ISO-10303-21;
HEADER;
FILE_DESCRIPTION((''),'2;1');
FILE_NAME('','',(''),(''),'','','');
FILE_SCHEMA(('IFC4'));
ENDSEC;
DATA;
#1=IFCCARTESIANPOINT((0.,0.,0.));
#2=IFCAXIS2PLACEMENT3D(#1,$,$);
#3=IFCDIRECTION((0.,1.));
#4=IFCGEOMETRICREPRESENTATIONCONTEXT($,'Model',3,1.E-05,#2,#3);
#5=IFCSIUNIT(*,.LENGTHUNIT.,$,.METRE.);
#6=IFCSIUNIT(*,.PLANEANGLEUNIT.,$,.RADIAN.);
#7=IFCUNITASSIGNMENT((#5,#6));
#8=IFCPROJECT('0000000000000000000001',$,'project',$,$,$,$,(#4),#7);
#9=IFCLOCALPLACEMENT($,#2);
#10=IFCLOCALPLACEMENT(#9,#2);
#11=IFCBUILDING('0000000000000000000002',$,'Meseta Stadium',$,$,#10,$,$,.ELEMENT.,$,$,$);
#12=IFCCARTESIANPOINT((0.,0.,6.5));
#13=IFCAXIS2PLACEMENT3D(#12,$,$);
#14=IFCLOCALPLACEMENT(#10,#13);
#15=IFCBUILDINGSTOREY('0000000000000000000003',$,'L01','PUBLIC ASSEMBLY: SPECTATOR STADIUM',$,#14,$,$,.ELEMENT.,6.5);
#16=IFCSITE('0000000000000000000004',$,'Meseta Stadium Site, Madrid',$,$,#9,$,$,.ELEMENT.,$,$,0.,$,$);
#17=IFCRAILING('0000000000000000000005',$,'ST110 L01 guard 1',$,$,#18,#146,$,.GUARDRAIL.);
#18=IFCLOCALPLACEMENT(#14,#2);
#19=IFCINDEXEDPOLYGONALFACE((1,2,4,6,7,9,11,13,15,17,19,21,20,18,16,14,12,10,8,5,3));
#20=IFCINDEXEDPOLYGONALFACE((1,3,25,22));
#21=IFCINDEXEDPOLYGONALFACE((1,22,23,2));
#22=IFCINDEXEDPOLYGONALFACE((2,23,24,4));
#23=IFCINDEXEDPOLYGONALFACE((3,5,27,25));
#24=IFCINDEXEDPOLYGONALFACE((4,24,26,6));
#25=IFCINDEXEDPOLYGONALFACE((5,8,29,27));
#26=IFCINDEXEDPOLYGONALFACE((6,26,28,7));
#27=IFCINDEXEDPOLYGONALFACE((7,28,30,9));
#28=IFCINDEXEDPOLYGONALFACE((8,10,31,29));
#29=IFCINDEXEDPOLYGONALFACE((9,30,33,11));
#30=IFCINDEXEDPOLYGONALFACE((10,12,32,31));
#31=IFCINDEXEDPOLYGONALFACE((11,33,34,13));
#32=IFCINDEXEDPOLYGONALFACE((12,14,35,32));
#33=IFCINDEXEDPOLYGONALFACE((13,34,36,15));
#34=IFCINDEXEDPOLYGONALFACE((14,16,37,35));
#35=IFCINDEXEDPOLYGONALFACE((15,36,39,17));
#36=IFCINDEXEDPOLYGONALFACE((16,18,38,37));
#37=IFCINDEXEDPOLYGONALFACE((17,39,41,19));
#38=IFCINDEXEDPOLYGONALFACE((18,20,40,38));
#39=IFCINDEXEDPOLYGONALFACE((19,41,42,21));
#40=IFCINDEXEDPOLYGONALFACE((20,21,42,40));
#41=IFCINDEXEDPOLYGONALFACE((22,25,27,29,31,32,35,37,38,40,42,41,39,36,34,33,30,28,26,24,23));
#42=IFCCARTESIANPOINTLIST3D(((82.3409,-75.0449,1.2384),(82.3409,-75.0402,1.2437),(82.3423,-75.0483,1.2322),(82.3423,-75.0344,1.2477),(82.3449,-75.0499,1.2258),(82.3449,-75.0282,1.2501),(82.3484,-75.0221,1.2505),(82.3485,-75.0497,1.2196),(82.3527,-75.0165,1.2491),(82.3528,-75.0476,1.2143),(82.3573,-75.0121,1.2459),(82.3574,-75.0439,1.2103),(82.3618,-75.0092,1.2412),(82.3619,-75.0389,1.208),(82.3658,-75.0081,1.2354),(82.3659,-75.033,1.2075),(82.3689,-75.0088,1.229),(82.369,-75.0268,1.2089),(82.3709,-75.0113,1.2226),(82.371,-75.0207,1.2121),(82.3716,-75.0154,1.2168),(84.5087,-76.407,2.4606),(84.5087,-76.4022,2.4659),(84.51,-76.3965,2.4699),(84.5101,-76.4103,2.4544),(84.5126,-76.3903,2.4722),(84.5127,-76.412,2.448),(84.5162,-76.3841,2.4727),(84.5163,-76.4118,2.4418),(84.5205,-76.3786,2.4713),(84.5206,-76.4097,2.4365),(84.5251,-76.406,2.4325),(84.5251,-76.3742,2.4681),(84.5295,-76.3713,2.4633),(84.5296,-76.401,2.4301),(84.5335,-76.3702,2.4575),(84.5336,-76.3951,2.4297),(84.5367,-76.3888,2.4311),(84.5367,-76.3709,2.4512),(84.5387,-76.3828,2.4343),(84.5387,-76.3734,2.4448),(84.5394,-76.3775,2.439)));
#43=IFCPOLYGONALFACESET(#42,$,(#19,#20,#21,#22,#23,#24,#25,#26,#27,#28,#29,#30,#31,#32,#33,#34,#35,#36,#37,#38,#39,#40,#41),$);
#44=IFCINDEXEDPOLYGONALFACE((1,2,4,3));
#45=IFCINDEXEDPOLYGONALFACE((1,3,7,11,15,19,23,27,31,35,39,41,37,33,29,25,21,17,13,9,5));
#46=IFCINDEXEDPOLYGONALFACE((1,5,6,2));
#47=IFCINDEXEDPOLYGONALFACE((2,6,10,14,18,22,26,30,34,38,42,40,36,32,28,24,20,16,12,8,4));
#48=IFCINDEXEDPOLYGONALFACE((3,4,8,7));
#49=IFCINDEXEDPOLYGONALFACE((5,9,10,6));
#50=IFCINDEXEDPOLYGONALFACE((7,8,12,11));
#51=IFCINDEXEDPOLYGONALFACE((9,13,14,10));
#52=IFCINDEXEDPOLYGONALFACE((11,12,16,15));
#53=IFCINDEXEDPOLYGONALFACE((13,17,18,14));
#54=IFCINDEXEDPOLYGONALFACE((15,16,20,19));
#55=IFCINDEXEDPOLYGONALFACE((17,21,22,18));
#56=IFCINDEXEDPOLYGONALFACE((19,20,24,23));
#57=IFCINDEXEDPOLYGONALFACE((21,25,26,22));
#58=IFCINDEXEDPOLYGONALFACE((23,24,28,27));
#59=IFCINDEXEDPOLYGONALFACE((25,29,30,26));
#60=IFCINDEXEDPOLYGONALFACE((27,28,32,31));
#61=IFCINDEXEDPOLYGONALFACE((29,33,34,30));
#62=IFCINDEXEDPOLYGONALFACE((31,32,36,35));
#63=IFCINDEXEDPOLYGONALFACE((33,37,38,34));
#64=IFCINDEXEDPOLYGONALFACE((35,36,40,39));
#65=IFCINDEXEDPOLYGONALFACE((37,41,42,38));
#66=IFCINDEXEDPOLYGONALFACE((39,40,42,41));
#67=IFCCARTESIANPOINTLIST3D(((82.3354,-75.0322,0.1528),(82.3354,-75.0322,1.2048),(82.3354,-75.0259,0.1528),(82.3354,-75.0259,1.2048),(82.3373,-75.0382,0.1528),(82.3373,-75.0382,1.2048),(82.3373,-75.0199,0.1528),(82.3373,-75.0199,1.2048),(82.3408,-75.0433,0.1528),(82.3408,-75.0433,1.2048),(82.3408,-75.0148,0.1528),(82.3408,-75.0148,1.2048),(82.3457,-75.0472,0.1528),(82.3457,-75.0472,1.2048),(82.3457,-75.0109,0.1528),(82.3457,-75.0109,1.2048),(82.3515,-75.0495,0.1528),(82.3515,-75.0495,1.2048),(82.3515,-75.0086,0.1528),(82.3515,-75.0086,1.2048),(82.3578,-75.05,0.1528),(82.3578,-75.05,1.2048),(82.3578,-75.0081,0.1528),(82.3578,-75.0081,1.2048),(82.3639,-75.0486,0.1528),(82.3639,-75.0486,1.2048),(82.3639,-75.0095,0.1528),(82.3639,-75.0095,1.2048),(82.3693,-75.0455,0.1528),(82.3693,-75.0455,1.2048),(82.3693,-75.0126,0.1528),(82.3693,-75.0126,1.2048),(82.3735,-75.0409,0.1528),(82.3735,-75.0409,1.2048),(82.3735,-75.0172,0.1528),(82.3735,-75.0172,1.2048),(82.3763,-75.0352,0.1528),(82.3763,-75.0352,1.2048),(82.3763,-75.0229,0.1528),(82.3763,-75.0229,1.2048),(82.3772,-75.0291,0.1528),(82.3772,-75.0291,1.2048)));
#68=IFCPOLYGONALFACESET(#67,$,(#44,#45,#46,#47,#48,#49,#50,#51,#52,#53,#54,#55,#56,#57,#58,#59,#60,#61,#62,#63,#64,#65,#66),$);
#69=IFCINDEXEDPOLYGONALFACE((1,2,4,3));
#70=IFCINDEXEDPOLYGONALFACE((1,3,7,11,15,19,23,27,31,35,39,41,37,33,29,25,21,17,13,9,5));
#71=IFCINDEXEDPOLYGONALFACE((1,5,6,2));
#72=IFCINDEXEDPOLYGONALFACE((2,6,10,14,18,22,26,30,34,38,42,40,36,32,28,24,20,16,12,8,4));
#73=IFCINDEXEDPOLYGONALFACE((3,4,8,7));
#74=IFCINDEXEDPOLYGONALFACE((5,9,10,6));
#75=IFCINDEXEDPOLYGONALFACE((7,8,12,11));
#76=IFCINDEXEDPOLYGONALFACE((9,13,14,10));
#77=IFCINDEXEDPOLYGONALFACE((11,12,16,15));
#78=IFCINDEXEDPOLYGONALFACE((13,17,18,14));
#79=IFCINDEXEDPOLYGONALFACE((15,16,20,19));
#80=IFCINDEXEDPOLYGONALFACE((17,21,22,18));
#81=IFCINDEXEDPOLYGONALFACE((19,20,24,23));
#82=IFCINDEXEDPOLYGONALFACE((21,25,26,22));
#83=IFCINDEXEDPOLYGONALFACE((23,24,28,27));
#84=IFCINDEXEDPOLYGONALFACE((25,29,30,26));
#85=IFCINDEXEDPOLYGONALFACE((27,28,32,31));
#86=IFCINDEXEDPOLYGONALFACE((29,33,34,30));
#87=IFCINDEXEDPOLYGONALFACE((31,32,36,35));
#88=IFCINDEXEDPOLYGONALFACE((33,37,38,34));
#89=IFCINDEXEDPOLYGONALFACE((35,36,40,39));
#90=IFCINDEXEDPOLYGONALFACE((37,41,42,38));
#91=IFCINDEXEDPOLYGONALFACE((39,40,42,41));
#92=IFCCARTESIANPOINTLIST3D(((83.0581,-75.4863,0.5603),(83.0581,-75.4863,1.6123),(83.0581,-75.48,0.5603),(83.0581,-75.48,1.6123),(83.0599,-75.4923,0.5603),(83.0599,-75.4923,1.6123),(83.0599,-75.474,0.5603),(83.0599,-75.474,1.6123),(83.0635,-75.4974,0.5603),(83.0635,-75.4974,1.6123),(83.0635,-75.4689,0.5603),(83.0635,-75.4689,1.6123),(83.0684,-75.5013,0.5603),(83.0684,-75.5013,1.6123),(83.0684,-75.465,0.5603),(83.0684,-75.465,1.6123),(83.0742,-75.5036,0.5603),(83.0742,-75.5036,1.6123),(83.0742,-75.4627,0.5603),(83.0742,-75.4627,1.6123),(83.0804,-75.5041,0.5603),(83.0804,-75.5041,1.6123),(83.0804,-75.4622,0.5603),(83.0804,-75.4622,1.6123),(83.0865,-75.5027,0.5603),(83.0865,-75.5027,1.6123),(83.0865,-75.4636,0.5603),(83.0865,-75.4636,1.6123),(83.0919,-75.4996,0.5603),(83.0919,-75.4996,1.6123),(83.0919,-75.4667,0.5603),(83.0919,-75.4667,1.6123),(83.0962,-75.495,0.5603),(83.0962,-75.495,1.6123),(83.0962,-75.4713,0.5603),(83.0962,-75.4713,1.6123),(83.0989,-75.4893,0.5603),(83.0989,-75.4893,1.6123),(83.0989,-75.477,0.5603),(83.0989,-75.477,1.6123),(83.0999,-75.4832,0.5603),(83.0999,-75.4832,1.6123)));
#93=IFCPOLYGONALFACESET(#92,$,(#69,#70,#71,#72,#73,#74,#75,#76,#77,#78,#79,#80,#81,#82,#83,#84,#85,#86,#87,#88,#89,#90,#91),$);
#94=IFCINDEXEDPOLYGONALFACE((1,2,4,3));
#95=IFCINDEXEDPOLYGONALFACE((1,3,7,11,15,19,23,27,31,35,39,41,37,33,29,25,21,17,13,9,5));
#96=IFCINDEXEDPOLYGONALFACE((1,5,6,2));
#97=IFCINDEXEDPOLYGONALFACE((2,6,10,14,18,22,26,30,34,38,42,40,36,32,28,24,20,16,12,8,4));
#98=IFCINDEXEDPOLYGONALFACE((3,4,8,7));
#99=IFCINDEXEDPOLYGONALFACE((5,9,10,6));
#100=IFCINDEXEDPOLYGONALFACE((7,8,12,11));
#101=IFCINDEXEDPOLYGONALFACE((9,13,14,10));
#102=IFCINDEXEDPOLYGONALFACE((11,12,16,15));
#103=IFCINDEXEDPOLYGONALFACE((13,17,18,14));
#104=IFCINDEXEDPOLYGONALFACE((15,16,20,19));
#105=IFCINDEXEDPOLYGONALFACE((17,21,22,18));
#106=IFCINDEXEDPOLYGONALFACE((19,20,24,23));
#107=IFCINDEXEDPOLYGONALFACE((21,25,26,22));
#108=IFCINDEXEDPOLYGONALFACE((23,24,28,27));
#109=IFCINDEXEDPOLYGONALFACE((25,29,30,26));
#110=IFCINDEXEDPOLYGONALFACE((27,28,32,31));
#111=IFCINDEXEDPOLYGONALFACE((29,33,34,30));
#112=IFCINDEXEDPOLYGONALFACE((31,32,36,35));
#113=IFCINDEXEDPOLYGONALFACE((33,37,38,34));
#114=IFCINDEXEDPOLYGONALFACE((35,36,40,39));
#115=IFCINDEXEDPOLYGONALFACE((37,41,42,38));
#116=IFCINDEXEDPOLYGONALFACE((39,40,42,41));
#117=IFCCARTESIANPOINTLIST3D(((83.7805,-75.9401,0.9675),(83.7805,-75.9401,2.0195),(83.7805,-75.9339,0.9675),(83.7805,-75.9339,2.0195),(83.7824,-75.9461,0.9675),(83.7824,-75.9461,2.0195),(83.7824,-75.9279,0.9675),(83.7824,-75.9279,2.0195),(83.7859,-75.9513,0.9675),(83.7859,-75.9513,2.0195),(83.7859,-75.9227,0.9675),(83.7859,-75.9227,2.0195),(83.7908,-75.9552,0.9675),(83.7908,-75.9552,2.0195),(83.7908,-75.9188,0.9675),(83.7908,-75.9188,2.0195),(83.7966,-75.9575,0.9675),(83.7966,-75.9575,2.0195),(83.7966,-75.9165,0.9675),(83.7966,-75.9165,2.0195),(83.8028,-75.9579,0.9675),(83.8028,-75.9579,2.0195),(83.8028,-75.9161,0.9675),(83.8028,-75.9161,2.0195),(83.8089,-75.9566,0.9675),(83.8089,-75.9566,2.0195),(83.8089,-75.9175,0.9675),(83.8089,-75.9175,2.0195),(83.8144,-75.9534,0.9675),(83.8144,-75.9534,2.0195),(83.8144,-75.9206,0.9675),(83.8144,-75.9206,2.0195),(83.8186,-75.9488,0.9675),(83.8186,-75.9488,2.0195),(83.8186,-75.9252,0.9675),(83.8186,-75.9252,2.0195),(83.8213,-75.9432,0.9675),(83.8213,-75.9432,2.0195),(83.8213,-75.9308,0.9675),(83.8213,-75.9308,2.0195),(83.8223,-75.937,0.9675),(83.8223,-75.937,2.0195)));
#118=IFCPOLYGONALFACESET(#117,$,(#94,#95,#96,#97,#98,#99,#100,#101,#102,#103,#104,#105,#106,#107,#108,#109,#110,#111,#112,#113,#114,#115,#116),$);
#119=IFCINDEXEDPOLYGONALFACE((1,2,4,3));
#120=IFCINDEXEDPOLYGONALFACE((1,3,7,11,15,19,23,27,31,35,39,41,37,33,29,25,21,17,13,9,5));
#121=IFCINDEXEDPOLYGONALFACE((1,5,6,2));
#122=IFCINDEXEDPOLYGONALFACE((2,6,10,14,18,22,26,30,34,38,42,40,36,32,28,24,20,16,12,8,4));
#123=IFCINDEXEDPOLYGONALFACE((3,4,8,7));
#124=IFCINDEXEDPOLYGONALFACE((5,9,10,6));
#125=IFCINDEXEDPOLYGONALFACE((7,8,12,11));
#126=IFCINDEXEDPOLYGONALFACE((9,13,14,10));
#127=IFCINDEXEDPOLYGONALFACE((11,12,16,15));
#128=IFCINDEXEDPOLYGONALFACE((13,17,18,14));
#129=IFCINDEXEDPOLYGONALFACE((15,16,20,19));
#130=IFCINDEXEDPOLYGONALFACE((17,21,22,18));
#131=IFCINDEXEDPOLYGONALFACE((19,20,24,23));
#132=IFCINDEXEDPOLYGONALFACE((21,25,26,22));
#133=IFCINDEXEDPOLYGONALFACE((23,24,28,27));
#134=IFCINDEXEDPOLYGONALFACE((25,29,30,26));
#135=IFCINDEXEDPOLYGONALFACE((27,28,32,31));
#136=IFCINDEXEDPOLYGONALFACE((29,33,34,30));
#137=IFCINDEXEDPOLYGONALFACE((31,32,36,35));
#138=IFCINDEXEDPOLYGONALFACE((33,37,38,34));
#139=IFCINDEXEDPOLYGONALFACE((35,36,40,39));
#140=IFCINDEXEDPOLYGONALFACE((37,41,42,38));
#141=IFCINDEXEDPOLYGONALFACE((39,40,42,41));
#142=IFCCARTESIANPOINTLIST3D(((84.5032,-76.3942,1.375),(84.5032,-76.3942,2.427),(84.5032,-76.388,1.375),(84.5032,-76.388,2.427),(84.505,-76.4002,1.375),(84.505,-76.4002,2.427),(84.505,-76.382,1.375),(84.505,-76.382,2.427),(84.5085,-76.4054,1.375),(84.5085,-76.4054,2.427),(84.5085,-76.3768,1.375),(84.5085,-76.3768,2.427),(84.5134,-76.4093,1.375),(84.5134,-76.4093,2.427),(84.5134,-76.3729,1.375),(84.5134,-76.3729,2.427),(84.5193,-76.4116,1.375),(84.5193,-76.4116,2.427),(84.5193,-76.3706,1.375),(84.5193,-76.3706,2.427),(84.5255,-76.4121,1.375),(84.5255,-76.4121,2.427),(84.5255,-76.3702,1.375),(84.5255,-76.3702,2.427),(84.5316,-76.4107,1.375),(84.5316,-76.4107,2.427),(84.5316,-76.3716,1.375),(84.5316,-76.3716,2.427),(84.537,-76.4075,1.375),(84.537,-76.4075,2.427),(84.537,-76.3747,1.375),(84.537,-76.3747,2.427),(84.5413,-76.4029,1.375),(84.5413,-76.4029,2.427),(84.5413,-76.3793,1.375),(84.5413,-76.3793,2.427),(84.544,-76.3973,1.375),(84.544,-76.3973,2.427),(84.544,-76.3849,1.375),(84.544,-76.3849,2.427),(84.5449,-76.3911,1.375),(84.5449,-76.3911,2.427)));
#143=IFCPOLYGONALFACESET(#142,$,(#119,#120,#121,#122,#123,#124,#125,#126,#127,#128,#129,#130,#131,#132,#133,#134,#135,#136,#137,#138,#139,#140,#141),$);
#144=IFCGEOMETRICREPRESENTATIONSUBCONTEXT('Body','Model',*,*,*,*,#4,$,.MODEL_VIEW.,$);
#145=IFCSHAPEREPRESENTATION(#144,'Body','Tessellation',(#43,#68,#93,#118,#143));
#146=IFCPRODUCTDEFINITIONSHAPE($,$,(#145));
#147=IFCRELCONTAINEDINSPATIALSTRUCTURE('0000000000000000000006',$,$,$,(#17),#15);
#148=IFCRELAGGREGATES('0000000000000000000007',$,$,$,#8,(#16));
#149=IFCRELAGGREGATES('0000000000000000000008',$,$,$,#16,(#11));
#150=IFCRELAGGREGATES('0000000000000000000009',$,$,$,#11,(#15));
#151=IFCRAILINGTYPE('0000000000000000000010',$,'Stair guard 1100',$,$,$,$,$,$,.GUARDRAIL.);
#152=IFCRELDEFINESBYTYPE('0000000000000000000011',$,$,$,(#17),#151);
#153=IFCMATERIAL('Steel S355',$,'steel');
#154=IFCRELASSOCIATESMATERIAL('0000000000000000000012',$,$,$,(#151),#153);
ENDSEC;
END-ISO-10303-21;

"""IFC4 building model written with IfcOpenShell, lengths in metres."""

from ifc_helpers import new_model, si_unit, direction, frame, origin, origin_2d, place, context, subcontext, project, spatial, circle, extrude, material, type_object, element, save


model = new_model("IFC4")

# Units and contexts
model_context = context("Model", 3, precision=1e-05, world=origin(), true_north=direction((0.0, 1.0)))
body_context = subcontext(model_context, "Body", "Model", "MODEL_VIEW")
ifc_project = project(units=[si_unit("LENGTHUNIT", "METRE"), si_unit("PLANEANGLEUNIT", "RADIAN")], contexts=[model_context])

# Site, building, storey
site_placement = place(None, origin())
site = spatial("IfcSite", under=ifc_project, at=site_placement, Name="Meseta Stadium Site, Madrid", CompositionType="ELEMENT", RefElevation=0.0)
building_placement = place(site_placement, origin())
building = spatial("IfcBuilding", under=site, at=building_placement, Name="Meseta Stadium", CompositionType="ELEMENT")
storey_placement = place(building_placement, frame((0.0, 0.0, 6.5)))
storey = spatial("IfcBuildingStorey", under=building, at=storey_placement, Name="L01", Description="PUBLIC ASSEMBLY: SPECTATOR STADIUM", CompositionType="ELEMENT", Elevation=6.5)

# Railing
ifc_material_1 = material(Name="Steel S355", Category="steel")
railing_type_1 = type_object("IfcRailingType", Name="Stair guard 1100", PredefinedType="GUARDRAIL", material=ifc_material_1)
railing_1_placement = place(storey_placement, frame((82.3562, -75.0291, 0.1528)))
element("IfcRailing", 1, at=railing_1_placement, inside=storey, type_object=railing_type_1, Name="ST110 L01 guard 1", PredefinedType="GUARDRAIL", context=body_context, shape_type="SweptSolid", body=[
    extrude(circle(Radius=0.0239, at=origin_2d()), frame((0.0, 0.0, 1.0762), z_axis=(0.764121, -0.480125, 0.430813), x_axis=(0.532029, 0.846726, 0.0)), (0.0, 0.0, 1.0), 2.8369),
    extrude(circle(Radius=0.021, at=origin_2d()), origin(), (0.0, 0.0, 1.0), 1.052),
    extrude(circle(Radius=0.021, at=origin_2d()), frame((0.7227, -0.4541, 0.4075)), (0.0, 0.0, 1.0), 1.052),
    extrude(circle(Radius=0.021, at=origin_2d()), frame((1.4451, -0.908, 0.8147)), (0.0, 0.0, 1.0), 1.052),
    extrude(circle(Radius=0.021, at=origin_2d()), frame((2.1677, -1.3621, 1.2222)), (0.0, 0.0, 1.0), 1.052),
])

save(model, "model.ifc")
